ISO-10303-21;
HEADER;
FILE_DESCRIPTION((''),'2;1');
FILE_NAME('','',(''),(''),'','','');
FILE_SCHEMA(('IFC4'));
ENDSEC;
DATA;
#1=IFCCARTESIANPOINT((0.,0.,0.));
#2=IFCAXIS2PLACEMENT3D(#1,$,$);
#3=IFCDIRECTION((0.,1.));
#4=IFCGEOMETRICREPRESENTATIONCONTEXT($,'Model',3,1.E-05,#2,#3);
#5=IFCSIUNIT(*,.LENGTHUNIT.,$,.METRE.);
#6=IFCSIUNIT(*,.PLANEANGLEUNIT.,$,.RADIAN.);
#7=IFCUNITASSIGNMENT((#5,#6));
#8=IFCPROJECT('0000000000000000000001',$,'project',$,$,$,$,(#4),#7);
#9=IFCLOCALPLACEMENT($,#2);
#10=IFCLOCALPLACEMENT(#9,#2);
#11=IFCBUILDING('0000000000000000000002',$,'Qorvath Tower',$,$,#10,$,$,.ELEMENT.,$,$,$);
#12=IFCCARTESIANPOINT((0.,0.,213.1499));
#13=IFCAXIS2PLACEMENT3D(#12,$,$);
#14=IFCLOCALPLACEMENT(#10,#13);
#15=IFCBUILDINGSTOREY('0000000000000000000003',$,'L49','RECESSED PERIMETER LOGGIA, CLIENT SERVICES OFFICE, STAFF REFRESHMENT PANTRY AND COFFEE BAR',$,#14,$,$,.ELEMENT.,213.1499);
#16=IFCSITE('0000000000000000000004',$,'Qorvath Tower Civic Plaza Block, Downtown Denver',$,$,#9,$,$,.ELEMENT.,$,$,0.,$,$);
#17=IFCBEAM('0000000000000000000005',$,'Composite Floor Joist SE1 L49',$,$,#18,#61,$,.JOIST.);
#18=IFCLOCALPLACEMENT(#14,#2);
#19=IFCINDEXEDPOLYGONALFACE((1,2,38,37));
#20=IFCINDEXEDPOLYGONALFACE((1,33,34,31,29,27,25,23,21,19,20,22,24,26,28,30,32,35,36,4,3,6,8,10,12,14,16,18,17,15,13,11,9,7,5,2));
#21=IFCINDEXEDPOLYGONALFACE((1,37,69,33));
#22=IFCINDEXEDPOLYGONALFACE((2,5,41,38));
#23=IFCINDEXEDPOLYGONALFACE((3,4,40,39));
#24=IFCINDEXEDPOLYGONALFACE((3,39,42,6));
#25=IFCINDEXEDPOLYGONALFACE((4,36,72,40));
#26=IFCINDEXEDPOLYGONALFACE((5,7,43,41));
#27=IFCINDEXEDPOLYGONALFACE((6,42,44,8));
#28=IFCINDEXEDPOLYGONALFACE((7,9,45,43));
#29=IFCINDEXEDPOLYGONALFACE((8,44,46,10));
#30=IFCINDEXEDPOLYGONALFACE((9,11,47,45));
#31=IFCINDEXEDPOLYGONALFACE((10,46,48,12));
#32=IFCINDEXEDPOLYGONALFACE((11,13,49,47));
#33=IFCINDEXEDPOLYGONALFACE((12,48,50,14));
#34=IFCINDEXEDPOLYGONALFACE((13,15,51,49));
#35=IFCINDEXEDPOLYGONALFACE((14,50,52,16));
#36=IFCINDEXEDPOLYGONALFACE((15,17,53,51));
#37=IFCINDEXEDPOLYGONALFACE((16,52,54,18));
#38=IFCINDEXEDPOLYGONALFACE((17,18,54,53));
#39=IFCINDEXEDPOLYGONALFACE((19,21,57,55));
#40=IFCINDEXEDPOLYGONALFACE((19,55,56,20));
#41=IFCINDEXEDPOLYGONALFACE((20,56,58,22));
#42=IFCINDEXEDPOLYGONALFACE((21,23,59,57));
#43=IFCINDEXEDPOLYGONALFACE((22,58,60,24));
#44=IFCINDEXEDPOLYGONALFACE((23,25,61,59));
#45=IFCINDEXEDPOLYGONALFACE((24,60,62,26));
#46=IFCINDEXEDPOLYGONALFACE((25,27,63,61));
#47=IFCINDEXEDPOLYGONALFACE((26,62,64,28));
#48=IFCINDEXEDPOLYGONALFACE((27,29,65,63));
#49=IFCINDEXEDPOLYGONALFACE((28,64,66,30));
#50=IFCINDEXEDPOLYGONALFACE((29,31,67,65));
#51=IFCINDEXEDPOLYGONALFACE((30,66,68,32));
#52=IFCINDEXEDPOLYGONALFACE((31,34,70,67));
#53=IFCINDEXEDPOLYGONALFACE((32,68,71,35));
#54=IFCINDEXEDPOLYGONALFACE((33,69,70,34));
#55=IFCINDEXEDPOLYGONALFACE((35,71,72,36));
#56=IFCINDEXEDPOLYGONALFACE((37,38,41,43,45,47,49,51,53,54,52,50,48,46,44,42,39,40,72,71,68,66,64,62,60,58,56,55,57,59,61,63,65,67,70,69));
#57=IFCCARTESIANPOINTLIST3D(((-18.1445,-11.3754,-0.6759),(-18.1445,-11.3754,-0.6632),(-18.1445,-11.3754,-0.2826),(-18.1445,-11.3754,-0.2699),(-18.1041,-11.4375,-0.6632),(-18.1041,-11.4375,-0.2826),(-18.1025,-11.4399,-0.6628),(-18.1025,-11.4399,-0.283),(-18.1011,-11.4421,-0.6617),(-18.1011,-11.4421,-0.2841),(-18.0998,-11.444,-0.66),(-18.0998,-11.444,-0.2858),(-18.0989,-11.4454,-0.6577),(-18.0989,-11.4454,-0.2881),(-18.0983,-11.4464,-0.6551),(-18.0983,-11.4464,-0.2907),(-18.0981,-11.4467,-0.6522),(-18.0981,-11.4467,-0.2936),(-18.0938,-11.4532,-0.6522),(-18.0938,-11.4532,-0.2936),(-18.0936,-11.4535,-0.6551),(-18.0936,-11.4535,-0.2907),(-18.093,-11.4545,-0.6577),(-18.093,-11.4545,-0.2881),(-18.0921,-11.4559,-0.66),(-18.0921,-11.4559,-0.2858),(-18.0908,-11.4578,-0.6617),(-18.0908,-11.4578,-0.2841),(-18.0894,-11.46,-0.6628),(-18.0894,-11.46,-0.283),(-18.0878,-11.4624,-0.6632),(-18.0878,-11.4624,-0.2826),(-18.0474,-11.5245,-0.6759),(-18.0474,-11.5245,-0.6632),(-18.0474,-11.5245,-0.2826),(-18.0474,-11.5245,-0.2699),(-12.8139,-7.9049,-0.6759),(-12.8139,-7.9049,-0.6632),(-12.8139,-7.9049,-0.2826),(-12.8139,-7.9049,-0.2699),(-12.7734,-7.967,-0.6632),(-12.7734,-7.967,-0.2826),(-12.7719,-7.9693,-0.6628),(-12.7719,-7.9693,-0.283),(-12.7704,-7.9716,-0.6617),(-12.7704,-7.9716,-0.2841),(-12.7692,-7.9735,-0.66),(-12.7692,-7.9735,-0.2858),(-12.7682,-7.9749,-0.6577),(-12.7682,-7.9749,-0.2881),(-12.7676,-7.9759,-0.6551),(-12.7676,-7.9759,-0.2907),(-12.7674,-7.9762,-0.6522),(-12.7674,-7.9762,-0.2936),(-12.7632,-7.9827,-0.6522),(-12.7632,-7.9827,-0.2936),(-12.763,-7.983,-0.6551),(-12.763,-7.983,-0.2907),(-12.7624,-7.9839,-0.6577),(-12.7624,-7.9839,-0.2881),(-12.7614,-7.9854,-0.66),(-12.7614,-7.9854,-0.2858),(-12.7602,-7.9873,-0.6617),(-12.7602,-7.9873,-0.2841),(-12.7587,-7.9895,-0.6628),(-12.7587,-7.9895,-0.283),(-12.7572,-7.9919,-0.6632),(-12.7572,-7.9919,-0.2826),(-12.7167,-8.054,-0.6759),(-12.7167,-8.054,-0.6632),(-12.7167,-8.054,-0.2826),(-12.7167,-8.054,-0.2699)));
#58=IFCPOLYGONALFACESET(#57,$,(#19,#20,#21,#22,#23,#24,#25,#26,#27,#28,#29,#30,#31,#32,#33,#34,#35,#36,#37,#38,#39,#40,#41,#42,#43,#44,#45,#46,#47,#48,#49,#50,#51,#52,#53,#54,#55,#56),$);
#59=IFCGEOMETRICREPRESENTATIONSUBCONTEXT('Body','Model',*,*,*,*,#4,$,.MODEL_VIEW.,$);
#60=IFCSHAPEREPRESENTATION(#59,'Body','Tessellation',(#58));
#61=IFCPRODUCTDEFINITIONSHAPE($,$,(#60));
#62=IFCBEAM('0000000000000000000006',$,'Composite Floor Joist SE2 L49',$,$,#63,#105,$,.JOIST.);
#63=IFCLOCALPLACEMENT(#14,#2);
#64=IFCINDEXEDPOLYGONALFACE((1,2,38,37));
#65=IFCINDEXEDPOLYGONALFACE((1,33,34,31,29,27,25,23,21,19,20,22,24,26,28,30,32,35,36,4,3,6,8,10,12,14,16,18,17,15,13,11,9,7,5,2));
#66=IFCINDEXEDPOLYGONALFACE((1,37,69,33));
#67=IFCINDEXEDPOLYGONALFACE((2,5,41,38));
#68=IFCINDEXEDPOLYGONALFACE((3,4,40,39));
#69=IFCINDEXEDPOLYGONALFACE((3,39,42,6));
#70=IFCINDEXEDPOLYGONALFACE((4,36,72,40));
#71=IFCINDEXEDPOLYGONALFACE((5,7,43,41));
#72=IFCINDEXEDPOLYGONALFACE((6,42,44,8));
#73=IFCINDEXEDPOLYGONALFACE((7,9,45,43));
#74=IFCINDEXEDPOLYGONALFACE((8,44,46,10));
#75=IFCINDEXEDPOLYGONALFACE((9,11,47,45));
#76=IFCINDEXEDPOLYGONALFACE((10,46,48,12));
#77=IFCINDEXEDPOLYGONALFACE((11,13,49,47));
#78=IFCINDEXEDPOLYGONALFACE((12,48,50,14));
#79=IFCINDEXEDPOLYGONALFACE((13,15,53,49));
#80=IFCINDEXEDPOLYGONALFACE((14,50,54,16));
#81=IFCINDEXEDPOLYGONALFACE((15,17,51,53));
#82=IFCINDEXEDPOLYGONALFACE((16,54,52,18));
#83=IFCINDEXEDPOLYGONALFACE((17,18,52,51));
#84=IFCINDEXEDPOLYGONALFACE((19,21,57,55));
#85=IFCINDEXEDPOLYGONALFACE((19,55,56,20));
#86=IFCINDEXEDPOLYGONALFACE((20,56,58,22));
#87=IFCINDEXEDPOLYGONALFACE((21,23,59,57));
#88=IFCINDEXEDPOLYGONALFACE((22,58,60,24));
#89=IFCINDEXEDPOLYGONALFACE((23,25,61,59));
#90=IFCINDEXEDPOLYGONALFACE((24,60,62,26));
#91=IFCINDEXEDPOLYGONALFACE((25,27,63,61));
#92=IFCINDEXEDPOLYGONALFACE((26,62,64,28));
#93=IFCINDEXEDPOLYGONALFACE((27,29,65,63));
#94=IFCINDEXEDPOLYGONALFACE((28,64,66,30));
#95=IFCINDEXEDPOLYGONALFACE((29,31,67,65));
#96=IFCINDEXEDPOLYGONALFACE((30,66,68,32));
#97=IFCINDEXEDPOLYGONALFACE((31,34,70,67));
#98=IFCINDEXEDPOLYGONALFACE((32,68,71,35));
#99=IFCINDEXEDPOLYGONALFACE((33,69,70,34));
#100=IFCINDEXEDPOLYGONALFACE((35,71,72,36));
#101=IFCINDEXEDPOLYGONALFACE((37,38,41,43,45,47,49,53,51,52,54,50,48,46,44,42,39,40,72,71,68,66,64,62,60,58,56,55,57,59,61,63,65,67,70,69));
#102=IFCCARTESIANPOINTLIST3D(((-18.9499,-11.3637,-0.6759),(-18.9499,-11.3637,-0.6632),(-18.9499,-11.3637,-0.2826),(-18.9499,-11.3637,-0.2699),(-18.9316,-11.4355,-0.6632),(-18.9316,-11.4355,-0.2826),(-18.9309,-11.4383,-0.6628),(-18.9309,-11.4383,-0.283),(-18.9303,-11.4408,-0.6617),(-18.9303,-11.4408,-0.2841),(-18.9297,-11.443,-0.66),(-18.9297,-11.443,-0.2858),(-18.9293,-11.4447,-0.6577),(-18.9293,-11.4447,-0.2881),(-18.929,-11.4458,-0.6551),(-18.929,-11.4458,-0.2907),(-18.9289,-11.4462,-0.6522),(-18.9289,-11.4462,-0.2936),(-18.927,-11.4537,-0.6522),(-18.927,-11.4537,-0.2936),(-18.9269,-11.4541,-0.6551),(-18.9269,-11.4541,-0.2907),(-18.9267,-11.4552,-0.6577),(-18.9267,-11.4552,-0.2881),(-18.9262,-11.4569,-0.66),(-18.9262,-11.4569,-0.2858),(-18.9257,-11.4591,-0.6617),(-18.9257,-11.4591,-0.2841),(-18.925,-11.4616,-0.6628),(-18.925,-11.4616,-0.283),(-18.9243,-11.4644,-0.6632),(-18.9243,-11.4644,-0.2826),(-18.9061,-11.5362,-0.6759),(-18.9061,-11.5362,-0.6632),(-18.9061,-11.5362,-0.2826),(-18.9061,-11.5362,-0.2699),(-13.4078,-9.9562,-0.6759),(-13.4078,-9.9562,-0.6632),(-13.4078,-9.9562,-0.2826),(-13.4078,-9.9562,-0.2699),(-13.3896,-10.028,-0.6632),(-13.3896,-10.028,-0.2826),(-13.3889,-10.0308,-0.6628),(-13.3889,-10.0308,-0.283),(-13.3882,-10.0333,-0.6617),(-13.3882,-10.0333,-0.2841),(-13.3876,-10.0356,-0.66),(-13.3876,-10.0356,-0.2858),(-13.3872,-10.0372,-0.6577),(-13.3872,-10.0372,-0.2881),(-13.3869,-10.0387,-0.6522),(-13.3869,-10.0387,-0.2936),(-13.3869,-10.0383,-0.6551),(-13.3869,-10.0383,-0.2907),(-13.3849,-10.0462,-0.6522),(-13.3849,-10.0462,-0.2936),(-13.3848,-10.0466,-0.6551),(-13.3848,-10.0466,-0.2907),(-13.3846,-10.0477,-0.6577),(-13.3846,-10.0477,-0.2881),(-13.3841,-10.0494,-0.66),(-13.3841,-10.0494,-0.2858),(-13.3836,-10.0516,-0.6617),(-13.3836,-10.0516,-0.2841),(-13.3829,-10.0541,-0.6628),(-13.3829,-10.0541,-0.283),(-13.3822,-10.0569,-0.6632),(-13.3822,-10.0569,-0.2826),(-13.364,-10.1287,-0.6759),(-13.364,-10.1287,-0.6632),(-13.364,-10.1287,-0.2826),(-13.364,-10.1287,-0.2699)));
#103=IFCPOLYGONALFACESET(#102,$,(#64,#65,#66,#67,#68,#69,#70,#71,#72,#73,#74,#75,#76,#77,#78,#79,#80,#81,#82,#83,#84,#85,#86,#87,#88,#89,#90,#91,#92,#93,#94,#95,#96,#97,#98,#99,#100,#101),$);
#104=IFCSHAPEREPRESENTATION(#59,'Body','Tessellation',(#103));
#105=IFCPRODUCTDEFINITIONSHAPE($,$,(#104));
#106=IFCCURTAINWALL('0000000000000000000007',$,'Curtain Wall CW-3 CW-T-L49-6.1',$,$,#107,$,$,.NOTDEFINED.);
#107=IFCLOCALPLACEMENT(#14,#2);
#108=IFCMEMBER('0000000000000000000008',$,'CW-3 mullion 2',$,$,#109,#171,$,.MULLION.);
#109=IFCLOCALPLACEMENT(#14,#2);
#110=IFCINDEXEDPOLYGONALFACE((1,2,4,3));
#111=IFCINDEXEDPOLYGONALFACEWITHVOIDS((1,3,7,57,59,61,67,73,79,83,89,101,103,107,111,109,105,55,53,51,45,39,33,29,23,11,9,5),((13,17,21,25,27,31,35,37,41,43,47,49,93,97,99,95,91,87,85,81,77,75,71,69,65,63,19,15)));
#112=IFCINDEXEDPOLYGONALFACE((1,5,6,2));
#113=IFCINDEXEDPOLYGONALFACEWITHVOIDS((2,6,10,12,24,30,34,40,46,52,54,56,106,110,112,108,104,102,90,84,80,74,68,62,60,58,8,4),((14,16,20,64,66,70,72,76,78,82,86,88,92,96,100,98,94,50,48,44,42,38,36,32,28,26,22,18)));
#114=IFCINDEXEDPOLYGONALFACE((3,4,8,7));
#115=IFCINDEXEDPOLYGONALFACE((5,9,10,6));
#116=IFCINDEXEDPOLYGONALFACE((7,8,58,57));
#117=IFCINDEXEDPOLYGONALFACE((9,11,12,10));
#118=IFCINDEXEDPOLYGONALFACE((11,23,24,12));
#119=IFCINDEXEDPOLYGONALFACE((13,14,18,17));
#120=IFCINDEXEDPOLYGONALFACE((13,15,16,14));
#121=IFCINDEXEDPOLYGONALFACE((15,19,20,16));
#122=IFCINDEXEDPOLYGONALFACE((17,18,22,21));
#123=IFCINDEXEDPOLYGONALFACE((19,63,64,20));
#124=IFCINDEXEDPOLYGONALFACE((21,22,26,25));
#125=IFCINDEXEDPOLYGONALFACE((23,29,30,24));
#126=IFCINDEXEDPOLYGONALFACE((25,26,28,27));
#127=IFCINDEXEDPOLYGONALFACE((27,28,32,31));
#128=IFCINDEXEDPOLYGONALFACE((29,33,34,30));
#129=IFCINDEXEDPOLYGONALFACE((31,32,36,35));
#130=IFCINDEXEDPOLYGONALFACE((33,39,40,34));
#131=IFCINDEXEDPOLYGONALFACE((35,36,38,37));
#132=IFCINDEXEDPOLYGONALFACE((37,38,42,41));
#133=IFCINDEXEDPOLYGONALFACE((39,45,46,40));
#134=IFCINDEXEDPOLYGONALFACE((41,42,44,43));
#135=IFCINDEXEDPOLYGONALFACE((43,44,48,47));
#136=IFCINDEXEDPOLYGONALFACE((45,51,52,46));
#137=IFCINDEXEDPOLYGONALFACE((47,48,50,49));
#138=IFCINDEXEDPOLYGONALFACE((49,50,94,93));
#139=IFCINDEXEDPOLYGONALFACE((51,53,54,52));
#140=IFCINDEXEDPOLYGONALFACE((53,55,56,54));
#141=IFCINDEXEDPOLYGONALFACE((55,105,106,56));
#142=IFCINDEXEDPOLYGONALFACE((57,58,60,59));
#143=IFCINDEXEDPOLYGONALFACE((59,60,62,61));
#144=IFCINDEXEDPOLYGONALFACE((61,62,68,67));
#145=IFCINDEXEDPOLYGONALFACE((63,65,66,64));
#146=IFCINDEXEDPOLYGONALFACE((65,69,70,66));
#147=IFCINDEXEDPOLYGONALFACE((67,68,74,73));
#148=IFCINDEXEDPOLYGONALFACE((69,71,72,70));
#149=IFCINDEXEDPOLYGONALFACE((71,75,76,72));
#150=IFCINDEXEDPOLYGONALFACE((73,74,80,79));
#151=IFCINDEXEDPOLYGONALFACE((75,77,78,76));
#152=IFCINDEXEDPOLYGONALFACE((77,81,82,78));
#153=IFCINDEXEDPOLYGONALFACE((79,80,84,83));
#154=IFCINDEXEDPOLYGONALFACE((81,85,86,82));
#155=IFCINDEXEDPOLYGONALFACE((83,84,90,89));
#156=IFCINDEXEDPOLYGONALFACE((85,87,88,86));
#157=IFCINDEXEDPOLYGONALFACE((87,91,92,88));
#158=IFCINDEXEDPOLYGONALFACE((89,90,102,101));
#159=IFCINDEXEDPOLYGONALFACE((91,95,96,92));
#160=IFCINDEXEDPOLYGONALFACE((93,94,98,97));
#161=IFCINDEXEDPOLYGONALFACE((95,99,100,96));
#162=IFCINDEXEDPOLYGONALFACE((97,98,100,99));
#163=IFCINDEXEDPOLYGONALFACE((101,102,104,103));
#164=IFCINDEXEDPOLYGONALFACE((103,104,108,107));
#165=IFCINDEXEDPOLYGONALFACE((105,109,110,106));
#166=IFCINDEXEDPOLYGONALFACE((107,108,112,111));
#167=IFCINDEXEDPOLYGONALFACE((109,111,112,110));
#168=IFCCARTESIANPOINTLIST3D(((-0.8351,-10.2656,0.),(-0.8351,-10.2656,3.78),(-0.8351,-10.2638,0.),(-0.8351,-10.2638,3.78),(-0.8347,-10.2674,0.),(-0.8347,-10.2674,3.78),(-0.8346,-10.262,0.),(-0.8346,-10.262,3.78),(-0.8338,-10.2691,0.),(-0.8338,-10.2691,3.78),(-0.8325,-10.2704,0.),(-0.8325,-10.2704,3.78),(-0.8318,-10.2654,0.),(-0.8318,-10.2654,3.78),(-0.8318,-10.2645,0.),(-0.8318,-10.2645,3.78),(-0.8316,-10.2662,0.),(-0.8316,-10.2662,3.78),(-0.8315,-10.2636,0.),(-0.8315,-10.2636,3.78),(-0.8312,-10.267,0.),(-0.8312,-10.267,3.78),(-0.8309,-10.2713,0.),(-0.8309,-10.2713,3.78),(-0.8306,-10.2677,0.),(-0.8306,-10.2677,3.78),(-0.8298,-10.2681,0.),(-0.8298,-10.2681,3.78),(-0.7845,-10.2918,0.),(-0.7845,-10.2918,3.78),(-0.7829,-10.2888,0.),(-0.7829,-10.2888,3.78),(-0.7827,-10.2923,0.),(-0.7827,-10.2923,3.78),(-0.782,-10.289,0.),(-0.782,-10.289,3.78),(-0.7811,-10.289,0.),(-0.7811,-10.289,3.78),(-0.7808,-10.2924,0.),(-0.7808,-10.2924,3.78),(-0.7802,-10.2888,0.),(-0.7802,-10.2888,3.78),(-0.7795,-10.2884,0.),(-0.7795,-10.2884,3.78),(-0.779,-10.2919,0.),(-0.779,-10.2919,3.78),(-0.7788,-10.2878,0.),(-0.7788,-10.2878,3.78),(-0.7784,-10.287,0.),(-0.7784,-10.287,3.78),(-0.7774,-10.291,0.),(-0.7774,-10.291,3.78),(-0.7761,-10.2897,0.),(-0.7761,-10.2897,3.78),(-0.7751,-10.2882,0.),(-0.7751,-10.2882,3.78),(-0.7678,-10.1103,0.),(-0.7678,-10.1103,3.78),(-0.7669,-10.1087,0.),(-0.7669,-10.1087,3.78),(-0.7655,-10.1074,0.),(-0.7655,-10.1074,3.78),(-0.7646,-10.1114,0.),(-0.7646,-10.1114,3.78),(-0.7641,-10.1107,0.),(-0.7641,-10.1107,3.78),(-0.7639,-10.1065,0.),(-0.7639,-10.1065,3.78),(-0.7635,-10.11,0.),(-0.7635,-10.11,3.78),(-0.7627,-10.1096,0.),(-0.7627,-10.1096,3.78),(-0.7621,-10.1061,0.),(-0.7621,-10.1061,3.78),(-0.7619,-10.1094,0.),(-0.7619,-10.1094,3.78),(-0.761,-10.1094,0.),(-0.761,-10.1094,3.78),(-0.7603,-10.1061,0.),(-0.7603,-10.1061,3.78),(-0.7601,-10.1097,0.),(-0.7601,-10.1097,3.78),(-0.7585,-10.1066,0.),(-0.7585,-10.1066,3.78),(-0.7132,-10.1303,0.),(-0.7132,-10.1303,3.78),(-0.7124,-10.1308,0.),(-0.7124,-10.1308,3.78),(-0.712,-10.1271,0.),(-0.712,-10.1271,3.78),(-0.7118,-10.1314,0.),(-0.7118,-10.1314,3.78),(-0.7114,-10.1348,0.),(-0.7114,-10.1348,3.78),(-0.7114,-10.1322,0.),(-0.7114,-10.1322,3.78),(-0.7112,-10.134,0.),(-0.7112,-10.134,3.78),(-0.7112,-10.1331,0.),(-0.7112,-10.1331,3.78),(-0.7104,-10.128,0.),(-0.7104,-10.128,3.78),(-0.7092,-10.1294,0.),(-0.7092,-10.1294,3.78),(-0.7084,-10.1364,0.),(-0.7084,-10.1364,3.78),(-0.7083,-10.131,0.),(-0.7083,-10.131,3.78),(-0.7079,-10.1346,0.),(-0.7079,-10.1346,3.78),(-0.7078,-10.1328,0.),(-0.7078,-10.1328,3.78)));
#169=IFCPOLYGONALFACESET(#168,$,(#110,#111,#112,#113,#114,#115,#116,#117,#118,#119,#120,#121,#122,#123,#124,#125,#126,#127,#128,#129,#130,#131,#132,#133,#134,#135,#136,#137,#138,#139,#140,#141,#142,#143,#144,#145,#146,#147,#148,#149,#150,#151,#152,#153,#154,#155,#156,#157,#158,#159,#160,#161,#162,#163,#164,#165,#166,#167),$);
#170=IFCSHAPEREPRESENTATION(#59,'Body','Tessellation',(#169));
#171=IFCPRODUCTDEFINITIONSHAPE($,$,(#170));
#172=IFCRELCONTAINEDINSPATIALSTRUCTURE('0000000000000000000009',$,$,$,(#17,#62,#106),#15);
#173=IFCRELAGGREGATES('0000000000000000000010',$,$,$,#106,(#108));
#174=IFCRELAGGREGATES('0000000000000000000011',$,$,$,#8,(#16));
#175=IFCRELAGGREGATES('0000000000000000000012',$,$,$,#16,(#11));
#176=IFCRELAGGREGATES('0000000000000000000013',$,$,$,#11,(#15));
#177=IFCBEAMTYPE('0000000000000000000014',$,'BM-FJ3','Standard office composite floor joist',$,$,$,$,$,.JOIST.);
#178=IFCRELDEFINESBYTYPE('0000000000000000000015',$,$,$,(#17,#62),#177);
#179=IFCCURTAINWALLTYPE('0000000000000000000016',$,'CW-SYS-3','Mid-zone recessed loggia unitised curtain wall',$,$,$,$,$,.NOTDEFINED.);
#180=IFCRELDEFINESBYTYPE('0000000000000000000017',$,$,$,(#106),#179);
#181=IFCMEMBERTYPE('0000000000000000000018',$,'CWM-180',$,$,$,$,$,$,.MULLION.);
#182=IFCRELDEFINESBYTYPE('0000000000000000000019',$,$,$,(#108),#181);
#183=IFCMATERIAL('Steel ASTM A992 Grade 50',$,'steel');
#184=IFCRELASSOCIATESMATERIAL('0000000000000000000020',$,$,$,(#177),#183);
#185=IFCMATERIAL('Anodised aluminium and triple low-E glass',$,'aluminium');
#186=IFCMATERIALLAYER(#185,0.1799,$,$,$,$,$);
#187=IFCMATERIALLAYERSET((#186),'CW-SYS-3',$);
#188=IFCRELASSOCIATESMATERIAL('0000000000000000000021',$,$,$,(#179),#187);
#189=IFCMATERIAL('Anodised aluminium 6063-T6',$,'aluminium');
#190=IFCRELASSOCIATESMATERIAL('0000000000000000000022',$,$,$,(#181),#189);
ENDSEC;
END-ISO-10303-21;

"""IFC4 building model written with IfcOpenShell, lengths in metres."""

from ifc_helpers import new_model, si_unit, direction, frame, origin, origin_2d, place, context, subcontext, project, spatial, hollow_rectangle, i_section, extrude, material, layer, layer_set, material_profile, profile_set, type_object, element, aggregate, save


model = new_model("IFC4")

# Units and contexts
model_context = context("Model", 3, precision=1e-05, world=origin(), true_north=direction((0.0, 1.0)))
body_context = subcontext(model_context, "Body", "Model", "MODEL_VIEW")
ifc_project = project(units=[si_unit("LENGTHUNIT", "METRE"), si_unit("PLANEANGLEUNIT", "RADIAN")], contexts=[model_context])

# Site, building, storey
site_placement = place(None, origin())
site = spatial("IfcSite", under=ifc_project, at=site_placement, Name="Qorvath Tower Civic Plaza Block, Downtown Denver", CompositionType="ELEMENT", RefElevation=0.0)
building_placement = place(site_placement, origin())
building = spatial("IfcBuilding", under=site, at=building_placement, Name="Qorvath Tower", CompositionType="ELEMENT")
storey_placement = place(building_placement, frame((0.0, 0.0, 213.1499)))
storey = spatial("IfcBuildingStorey", under=building, at=storey_placement, Name="L49", Description="RECESSED PERIMETER LOGGIA, CLIENT SERVICES OFFICE, STAFF REFRESHMENT PANTRY AND COFFEE BAR", CompositionType="ELEMENT", Elevation=213.1499)

# Beams
ifc_material_1 = material(Name="Steel ASTM A992 Grade 50", Category="steel")
ifc_material_profile_1 = material_profile(ifc_material_1, i_section(OverallWidth=0.178, OverallDepth=0.406, WebThickness=0.0078, FlangeThickness=0.0127, FilletRadius=0.011, at=origin_2d()), Name="W16x40")
ifc_profile_set_1 = profile_set([ifc_material_profile_1], Name="Steel ASTM A992 Grade 50")
beam_type_1 = type_object("IfcBeamType", Name="BM-FJ3", Description="Standard office composite floor joist", PredefinedType="JOIST", material=ifc_profile_set_1)
beam_1_placement = place(storey_placement, frame((-18.0959, -11.45, -0.4729), z_axis=(0.838042, 0.545606, 0.0), x_axis=(-0.545606, 0.838042, 0.0)))
element("IfcBeam", 1, at=beam_1_placement, inside=storey, type_object=beam_type_1, Name="Composite Floor Joist SE1 L49", PredefinedType="JOIST", context=body_context, shape_type="SweptSolid", body=[
    extrude(i_section(OverallWidth=0.178, OverallDepth=0.406, WebThickness=0.0078, FlangeThickness=0.0127, FilletRadius=0.011, at=origin_2d()), origin(), (0.0, 0.0, 1.0), 6.3608),
])
beam_2_placement = place(storey_placement, frame((-18.928, -11.45, -0.4729), z_axis=(0.969232, 0.246151, 0.0), x_axis=(-0.246151, 0.969232, 0.0)))
element("IfcBeam", 2, at=beam_2_placement, inside=storey, type_object=beam_type_1, Name="Composite Floor Joist SE2 L49", PredefinedType="JOIST", context=body_context, shape_type="SweptSolid", body=[
    extrude(i_section(OverallWidth=0.178, OverallDepth=0.406, WebThickness=0.0078, FlangeThickness=0.0127, FilletRadius=0.011, at=origin_2d()), origin(), (0.0, 0.0, 1.0), 5.718),
])

# Curtain wall, member
ifc_material_2 = material(Name="Anodised aluminium and triple low-E glass", Category="aluminium")
ifc_layer_1 = layer(ifc_material_2, 0.1799)
ifc_layer_set_1 = layer_set([ifc_layer_1], Name="CW-SYS-3")
curtain_wall_type = type_object("IfcCurtainWallType", Name="CW-SYS-3", Description="Mid-zone recessed loggia unitised curtain wall", PredefinedType="NOTDEFINED", material=ifc_layer_set_1)
curtain_wall_1_placement = place(storey_placement, origin())
curtain_wall_1 = element("IfcCurtainWall", 3, at=curtain_wall_1_placement, inside=storey, type_object=curtain_wall_type, Name="Curtain Wall CW-3 CW-T-L49-6.1", PredefinedType="NOTDEFINED")
ifc_material_3 = material(Name="Anodised aluminium 6063-T6", Category="aluminium")
ifc_material_profile_2 = material_profile(ifc_material_3, hollow_rectangle(XDim=0.0649, YDim=0.1799, WallThickness=0.0034, InnerFilletRadius=0.0034, OuterFilletRadius=0.0071, at=origin_2d()), Name="CWM 180x65")
ifc_profile_set_2 = profile_set([ifc_material_profile_2], Name="Anodised aluminium 6063-T6")
member_type_1 = type_object("IfcMemberType", Name="CWM-180", PredefinedType="MULLION", material=ifc_profile_set_2)
member_1_placement = place(storey_placement, frame((-0.7715, -10.1992, 0.0), z_axis=(0.0, 0.0, 1.0), x_axis=(-0.915381, 0.402589, 0.0)))
member_1 = element("IfcMember", 4, at=member_1_placement, type_object=member_type_1, Name="CW-3 mullion 2", PredefinedType="MULLION", context=body_context, shape_type="SweptSolid", body=[
    extrude(hollow_rectangle(XDim=0.0649, YDim=0.1799, WallThickness=0.0034, InnerFilletRadius=0.0034, OuterFilletRadius=0.0071, at=origin_2d()), origin(), (0.0, 0.0, 1.0), 3.78),
])

aggregate(curtain_wall_1, [member_1])

save(model, "model.ifc")
